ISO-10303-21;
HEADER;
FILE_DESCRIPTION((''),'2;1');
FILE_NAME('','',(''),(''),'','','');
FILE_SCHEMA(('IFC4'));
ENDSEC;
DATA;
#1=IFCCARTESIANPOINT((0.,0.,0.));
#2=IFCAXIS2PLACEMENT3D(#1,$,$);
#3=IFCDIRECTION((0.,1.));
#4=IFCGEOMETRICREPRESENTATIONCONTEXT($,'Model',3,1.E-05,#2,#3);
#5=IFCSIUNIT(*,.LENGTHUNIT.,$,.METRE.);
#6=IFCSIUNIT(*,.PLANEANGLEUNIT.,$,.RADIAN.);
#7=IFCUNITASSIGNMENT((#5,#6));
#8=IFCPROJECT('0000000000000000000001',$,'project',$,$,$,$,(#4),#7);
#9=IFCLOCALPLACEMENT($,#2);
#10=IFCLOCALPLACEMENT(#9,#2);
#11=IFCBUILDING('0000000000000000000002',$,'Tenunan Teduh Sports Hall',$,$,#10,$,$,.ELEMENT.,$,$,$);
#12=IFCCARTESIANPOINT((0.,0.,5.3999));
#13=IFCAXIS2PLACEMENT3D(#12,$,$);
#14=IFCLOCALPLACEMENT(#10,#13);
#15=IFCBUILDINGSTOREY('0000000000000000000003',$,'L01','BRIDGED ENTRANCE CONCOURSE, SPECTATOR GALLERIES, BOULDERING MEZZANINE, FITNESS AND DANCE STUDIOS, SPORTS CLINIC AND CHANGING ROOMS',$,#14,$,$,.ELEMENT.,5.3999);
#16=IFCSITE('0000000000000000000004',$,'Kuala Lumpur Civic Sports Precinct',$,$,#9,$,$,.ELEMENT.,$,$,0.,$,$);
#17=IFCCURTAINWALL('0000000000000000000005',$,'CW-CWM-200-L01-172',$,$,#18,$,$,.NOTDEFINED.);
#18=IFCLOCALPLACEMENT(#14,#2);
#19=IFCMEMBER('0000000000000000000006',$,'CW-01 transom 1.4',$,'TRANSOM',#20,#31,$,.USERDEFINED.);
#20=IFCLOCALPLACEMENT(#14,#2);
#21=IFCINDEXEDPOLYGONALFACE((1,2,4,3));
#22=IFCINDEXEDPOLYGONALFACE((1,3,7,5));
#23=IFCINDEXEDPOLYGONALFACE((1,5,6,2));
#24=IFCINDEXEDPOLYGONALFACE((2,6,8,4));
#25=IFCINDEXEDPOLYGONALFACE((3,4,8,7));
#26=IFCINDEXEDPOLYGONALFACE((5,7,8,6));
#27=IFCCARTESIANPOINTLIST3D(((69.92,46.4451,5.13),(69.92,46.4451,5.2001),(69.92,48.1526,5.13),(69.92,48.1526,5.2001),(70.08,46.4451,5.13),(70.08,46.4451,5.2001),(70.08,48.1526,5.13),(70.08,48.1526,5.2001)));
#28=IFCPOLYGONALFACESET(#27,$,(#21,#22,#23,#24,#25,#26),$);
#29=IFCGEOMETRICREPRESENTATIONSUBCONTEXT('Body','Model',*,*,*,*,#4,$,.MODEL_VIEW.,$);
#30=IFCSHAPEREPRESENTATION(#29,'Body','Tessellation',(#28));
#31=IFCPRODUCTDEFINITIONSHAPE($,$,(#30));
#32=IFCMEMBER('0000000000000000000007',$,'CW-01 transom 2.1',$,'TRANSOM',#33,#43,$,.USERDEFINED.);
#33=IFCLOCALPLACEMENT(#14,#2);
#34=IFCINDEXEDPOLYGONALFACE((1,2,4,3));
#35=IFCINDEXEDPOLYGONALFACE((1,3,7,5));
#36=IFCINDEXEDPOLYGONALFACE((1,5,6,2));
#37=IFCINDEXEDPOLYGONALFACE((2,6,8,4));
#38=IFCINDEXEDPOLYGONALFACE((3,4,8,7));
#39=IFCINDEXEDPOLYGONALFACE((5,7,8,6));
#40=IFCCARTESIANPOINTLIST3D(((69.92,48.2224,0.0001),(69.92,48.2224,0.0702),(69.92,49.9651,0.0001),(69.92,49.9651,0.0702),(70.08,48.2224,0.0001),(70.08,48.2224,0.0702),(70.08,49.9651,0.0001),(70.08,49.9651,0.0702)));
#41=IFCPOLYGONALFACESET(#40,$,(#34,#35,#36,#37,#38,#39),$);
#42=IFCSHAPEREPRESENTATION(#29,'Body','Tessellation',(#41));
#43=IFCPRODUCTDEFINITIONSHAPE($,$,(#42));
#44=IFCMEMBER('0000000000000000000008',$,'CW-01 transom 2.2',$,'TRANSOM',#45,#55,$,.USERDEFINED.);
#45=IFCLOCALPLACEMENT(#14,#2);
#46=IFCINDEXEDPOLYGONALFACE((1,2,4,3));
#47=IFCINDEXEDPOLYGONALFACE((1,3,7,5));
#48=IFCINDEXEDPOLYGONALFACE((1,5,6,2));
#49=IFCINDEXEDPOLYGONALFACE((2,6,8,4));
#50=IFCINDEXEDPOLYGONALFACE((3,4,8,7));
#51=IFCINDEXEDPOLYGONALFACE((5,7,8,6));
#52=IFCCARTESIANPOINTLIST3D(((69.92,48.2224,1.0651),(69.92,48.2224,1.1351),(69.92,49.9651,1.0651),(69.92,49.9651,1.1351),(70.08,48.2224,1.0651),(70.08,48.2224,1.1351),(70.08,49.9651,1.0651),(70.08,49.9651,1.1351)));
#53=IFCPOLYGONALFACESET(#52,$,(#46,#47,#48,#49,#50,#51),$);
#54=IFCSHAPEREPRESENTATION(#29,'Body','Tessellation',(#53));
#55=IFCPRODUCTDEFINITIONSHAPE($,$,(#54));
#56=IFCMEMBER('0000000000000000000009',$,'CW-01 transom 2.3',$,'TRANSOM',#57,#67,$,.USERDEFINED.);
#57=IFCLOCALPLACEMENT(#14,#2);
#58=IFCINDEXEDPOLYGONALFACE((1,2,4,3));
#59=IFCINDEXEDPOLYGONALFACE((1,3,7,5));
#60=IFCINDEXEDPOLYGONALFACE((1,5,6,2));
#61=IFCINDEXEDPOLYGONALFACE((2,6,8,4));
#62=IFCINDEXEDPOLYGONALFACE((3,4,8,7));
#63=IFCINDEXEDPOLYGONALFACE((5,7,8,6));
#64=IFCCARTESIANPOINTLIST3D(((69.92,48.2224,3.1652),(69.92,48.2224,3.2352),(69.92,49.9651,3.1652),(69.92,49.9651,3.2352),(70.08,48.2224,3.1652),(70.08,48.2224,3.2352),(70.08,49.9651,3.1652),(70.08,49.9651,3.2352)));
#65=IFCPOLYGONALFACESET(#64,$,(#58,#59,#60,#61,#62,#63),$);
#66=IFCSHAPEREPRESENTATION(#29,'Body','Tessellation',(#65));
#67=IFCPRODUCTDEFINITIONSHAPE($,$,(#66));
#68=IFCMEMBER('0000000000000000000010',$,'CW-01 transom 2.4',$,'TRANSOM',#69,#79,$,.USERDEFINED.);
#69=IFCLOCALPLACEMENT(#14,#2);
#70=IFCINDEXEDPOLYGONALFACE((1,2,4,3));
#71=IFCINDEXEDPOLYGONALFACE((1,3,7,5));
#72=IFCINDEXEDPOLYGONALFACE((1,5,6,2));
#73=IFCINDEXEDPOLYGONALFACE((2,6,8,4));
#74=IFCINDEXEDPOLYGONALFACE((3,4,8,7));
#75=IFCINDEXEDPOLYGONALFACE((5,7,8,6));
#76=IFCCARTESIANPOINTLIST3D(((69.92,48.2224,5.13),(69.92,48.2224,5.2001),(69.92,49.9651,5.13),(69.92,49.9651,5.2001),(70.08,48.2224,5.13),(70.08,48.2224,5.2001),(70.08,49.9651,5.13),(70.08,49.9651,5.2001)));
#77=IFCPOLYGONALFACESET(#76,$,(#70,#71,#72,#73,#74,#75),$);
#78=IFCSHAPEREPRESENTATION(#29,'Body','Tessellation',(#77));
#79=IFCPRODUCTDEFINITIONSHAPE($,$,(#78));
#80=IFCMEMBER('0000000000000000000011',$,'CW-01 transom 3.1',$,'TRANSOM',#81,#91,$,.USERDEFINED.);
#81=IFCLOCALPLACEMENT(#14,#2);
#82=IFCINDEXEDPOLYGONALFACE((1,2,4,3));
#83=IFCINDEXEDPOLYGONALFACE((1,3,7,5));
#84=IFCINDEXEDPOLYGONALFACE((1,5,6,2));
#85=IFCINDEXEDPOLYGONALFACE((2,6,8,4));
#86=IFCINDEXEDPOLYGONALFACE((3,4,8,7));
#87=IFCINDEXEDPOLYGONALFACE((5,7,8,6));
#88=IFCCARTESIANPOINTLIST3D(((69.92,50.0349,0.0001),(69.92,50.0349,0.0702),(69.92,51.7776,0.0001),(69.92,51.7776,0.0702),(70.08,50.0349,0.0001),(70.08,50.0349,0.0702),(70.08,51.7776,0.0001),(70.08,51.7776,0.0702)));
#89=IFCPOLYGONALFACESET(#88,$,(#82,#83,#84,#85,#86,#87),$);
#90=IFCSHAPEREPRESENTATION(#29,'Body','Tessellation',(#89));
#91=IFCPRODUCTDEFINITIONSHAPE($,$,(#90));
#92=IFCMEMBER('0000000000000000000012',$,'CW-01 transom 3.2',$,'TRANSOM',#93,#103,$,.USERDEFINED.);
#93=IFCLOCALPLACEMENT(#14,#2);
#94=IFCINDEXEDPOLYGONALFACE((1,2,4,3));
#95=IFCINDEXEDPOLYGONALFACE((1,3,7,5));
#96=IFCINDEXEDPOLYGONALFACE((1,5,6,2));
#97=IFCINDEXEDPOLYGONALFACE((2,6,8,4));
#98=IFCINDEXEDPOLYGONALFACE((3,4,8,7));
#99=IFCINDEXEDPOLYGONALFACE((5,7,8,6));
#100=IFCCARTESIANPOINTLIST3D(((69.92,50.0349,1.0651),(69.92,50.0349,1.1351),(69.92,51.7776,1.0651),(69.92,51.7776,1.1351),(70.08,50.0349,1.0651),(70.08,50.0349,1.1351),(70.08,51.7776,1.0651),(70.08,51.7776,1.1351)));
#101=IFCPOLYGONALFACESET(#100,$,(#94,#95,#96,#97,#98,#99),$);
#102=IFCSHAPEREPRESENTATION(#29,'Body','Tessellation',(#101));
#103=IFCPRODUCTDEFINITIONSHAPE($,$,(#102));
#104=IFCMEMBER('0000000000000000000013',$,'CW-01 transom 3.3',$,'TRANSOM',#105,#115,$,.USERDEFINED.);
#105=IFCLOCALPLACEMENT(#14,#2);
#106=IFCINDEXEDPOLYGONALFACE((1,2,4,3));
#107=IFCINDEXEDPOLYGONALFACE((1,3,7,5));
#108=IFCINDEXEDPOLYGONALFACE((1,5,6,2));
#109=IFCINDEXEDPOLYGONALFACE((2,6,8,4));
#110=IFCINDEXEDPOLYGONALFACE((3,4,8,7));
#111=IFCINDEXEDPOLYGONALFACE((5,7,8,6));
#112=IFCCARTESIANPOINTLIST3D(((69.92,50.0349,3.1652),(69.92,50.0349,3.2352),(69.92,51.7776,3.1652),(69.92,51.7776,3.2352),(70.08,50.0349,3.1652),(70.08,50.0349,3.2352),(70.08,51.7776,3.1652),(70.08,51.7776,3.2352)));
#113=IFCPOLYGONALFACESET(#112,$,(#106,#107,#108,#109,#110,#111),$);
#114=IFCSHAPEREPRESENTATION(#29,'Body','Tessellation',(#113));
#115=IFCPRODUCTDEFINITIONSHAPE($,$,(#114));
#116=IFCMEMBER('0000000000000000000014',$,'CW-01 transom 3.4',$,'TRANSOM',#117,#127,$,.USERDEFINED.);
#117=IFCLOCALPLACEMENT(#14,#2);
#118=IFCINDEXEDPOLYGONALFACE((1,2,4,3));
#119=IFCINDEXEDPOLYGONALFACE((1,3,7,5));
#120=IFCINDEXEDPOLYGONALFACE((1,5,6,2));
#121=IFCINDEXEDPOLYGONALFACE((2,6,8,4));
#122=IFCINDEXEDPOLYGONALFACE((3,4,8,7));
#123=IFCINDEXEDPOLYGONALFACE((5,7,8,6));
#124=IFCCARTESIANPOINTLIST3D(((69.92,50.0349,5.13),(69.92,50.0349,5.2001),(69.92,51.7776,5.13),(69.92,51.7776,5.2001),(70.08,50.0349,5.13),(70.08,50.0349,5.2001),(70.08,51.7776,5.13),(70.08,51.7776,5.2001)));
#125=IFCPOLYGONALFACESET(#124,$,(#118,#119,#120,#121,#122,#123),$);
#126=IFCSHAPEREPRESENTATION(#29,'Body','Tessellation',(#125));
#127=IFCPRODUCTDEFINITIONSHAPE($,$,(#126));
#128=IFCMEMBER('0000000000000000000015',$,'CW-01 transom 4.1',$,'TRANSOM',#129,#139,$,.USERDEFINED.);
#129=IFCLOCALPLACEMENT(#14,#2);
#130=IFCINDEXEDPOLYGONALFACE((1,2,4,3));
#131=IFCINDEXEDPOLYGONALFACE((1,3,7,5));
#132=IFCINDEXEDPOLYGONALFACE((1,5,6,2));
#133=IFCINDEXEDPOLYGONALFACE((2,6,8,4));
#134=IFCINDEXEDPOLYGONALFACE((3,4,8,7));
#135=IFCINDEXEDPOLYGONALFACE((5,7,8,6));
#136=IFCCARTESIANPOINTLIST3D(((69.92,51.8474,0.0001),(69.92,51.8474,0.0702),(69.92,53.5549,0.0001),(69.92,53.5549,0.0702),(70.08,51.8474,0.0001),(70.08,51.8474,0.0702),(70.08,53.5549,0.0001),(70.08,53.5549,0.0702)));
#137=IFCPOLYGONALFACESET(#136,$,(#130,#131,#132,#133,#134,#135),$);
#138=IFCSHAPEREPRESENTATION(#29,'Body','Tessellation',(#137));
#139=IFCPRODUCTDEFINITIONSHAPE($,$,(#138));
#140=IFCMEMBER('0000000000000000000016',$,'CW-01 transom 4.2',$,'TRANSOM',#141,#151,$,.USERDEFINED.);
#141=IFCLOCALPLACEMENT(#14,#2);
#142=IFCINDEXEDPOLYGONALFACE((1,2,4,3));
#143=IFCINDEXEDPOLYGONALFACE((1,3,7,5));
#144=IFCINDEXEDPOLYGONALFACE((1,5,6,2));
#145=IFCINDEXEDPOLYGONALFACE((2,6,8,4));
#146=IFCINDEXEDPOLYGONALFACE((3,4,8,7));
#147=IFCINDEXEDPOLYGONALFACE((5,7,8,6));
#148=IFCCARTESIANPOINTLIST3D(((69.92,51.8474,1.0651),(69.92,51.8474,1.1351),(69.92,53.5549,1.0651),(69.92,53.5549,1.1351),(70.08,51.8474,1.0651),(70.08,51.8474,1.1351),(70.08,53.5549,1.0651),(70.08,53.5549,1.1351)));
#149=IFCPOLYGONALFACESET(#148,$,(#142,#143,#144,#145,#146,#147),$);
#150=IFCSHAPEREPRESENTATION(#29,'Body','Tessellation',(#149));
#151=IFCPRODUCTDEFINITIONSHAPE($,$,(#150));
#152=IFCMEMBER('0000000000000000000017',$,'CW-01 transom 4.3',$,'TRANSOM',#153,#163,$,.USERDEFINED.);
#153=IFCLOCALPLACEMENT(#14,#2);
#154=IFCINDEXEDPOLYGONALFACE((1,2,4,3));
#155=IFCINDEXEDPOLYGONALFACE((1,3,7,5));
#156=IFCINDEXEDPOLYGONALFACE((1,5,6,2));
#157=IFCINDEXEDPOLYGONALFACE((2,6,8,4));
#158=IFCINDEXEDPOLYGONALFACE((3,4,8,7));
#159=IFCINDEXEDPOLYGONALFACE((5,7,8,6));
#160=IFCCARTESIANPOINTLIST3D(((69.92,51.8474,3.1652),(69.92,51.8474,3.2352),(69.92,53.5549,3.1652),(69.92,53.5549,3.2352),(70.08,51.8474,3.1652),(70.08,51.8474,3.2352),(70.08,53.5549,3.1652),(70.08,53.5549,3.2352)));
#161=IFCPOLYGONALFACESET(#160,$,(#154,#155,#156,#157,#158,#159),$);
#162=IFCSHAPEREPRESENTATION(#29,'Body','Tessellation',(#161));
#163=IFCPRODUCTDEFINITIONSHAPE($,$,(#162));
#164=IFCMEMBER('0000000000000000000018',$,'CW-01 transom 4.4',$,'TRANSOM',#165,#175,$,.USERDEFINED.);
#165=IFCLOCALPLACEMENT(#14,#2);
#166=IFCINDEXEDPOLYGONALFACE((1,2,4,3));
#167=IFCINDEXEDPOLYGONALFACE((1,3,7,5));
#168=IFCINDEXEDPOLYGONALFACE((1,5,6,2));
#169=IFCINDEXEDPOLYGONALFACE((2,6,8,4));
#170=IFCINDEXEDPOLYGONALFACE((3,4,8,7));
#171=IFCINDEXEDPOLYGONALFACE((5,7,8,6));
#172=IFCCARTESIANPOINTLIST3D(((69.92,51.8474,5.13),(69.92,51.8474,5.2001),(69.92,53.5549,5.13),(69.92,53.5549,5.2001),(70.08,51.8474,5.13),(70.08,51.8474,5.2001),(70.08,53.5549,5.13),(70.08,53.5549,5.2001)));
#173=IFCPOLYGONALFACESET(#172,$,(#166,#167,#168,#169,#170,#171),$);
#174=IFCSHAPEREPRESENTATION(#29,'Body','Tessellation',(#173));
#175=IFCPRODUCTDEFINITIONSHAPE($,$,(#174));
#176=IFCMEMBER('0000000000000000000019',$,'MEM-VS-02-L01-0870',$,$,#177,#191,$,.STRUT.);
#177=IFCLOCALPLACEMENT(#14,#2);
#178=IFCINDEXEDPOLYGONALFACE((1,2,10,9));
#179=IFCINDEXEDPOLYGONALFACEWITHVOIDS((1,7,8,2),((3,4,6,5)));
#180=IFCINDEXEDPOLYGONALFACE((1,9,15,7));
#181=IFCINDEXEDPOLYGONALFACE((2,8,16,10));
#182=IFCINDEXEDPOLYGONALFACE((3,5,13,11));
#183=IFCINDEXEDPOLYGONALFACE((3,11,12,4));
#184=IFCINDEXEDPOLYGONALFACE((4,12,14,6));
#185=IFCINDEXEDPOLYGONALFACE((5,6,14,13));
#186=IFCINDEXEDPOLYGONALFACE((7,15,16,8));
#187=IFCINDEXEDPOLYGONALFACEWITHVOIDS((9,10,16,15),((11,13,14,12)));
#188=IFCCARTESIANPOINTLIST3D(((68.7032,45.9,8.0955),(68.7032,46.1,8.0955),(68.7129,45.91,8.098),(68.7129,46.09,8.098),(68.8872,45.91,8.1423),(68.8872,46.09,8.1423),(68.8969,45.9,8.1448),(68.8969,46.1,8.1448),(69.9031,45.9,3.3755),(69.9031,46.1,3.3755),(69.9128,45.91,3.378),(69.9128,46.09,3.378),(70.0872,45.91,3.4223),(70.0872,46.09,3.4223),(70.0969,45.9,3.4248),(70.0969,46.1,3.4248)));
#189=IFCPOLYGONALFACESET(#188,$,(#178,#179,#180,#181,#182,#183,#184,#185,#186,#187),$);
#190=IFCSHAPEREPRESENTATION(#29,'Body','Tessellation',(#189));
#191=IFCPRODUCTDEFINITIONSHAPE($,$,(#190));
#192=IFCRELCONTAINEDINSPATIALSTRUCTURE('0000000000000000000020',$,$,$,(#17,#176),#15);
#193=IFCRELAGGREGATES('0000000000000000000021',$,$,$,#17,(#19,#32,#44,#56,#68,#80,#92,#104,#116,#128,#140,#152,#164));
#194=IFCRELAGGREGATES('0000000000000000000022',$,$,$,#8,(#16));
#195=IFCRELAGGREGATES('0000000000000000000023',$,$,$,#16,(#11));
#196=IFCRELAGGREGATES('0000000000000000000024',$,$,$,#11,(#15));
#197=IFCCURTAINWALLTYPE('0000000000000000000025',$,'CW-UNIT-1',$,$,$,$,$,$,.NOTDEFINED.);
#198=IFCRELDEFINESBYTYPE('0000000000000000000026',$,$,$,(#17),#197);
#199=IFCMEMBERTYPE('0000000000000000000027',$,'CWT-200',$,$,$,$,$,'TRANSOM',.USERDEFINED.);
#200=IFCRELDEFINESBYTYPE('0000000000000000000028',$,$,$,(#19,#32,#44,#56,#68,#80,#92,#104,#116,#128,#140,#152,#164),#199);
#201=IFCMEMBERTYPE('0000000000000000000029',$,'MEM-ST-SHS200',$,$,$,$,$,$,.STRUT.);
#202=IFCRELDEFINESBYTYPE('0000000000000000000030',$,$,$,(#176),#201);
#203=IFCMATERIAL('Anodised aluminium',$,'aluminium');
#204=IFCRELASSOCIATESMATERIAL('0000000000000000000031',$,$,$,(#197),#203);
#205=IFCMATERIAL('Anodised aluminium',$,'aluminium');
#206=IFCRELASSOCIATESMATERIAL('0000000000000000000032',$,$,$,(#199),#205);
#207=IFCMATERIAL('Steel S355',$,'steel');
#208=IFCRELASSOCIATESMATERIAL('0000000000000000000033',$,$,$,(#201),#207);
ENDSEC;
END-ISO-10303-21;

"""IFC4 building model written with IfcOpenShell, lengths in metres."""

from ifc_helpers import new_model, si_unit, direction, frame, origin, origin_2d, place, context, subcontext, project, spatial, rectangle, hollow_rectangle, extrude, material, material_profile, profile_set, type_object, element, aggregate, save


model = new_model("IFC4")

# Units and contexts
model_context = context("Model", 3, precision=1e-05, world=origin(), true_north=direction((0.0, 1.0)))
body_context = subcontext(model_context, "Body", "Model", "MODEL_VIEW")
ifc_project = project(units=[si_unit("LENGTHUNIT", "METRE"), si_unit("PLANEANGLEUNIT", "RADIAN")], contexts=[model_context])

# Site, building, storey
site_placement = place(None, origin())
site = spatial("IfcSite", under=ifc_project, at=site_placement, Name="Kuala Lumpur Civic Sports Precinct", CompositionType="ELEMENT", RefElevation=0.0)
building_placement = place(site_placement, origin())
building = spatial("IfcBuilding", under=site, at=building_placement, Name="Tenunan Teduh Sports Hall", CompositionType="ELEMENT")
storey_placement = place(building_placement, frame((0.0, 0.0, 5.3999)))
storey = spatial("IfcBuildingStorey", under=building, at=storey_placement, Name="L01", Description="BRIDGED ENTRANCE CONCOURSE, SPECTATOR GALLERIES, BOULDERING MEZZANINE, FITNESS AND DANCE STUDIOS, SPORTS CLINIC AND CHANGING ROOMS", CompositionType="ELEMENT", Elevation=5.3999)

# Curtain wall, members
ifc_material_1 = material(Name="Anodised aluminium", Category="aluminium")
curtain_wall_type_1 = type_object("IfcCurtainWallType", Name="CW-UNIT-1", PredefinedType="NOTDEFINED", material=ifc_material_1)
curtain_wall_1_placement = place(storey_placement, origin())
curtain_wall_1 = element("IfcCurtainWall", 1, at=curtain_wall_1_placement, inside=storey, type_object=curtain_wall_type_1, Name="CW-CWM-200-L01-172", PredefinedType="NOTDEFINED")
ifc_material_2 = material(Name="Anodised aluminium", Category="aluminium")
ifc_material_profile_1 = material_profile(ifc_material_2, rectangle(XDim=0.0701, YDim=0.1599, at=origin_2d()), Name="CWT 70x160")
ifc_profile_set_1 = profile_set([ifc_material_profile_1], Name="Anodised aluminium")
member_type_1 = type_object("IfcMemberType", Name="CWT-200", ElementType="TRANSOM", PredefinedType="USERDEFINED", material=ifc_profile_set_1)
member_1_placement = place(storey_placement, frame((70.0, 46.4451, 5.165), z_axis=(0.0, 1.0, 0.0), x_axis=(0.0, 0.0, 1.0)))
member_1 = element("IfcMember", 2, at=member_1_placement, type_object=member_type_1, Name="CW-01 transom 1.4", ObjectType="TRANSOM", PredefinedType="USERDEFINED", context=body_context, shape_type="SweptSolid", body=[
    extrude(rectangle(XDim=0.0701, YDim=0.1599, at=origin_2d()), origin(), (0.0, 0.0, 1.0), 1.7075),
])
member_2_placement = place(storey_placement, frame((70.0, 48.2224, 0.0352), z_axis=(0.0, 1.0, 0.0), x_axis=(0.0, 0.0, 1.0)))
member_2 = element("IfcMember", 3, at=member_2_placement, type_object=member_type_1, Name="CW-01 transom 2.1", ObjectType="TRANSOM", PredefinedType="USERDEFINED", context=body_context, shape_type="SweptSolid", body=[
    extrude(rectangle(XDim=0.0701, YDim=0.1599, at=origin_2d()), origin(), (0.0, 0.0, 1.0), 1.7427),
])
member_3_placement = place(storey_placement, frame((70.0, 48.2224, 1.1001), z_axis=(0.0, 1.0, 0.0), x_axis=(0.0, 0.0, 1.0)))
member_3 = element("IfcMember", 4, at=member_3_placement, type_object=member_type_1, Name="CW-01 transom 2.2", ObjectType="TRANSOM", PredefinedType="USERDEFINED", context=body_context, shape_type="SweptSolid", body=[
    extrude(rectangle(XDim=0.0701, YDim=0.1599, at=origin_2d()), origin(), (0.0, 0.0, 1.0), 1.7427),
])
member_4_placement = place(storey_placement, frame((70.0, 48.2224, 3.2002), z_axis=(0.0, 1.0, 0.0), x_axis=(0.0, 0.0, 1.0)))
member_4 = element("IfcMember", 5, at=member_4_placement, type_object=member_type_1, Name="CW-01 transom 2.3", ObjectType="TRANSOM", PredefinedType="USERDEFINED", context=body_context, shape_type="SweptSolid", body=[
    extrude(rectangle(XDim=0.0701, YDim=0.1599, at=origin_2d()), origin(), (0.0, 0.0, 1.0), 1.7427),
])
member_5_placement = place(storey_placement, frame((70.0, 48.2224, 5.165), z_axis=(0.0, 1.0, 0.0), x_axis=(0.0, 0.0, 1.0)))
member_5 = element("IfcMember", 6, at=member_5_placement, type_object=member_type_1, Name="CW-01 transom 2.4", ObjectType="TRANSOM", PredefinedType="USERDEFINED", context=body_context, shape_type="SweptSolid", body=[
    extrude(rectangle(XDim=0.0701, YDim=0.1599, at=origin_2d()), origin(), (0.0, 0.0, 1.0), 1.7427),
])
member_6_placement = place(storey_placement, frame((70.0, 50.0349, 0.0352), z_axis=(0.0, 1.0, 0.0), x_axis=(0.0, 0.0, 1.0)))
member_6 = element("IfcMember", 7, at=member_6_placement, type_object=member_type_1, Name="CW-01 transom 3.1", ObjectType="TRANSOM", PredefinedType="USERDEFINED", context=body_context, shape_type="SweptSolid", body=[
    extrude(rectangle(XDim=0.0701, YDim=0.1599, at=origin_2d()), origin(), (0.0, 0.0, 1.0), 1.7427),
])
member_7_placement = place(storey_placement, frame((70.0, 50.0349, 1.1001), z_axis=(0.0, 1.0, 0.0), x_axis=(0.0, 0.0, 1.0)))
member_7 = element("IfcMember", 8, at=member_7_placement, type_object=member_type_1, Name="CW-01 transom 3.2", ObjectType="TRANSOM", PredefinedType="USERDEFINED", context=body_context, shape_type="SweptSolid", body=[
    extrude(rectangle(XDim=0.0701, YDim=0.1599, at=origin_2d()), origin(), (0.0, 0.0, 1.0), 1.7427),
])
member_8_placement = place(storey_placement, frame((70.0, 50.0349, 3.2002), z_axis=(0.0, 1.0, 0.0), x_axis=(0.0, 0.0, 1.0)))
member_8 = element("IfcMember", 9, at=member_8_placement, type_object=member_type_1, Name="CW-01 transom 3.3", ObjectType="TRANSOM", PredefinedType="USERDEFINED", context=body_context, shape_type="SweptSolid", body=[
    extrude(rectangle(XDim=0.0701, YDim=0.1599, at=origin_2d()), origin(), (0.0, 0.0, 1.0), 1.7427),
])
member_9_placement = place(storey_placement, frame((70.0, 50.0349, 5.165), z_axis=(0.0, 1.0, 0.0), x_axis=(0.0, 0.0, 1.0)))
member_9 = element("IfcMember", 10, at=member_9_placement, type_object=member_type_1, Name="CW-01 transom 3.4", ObjectType="TRANSOM", PredefinedType="USERDEFINED", context=body_context, shape_type="SweptSolid", body=[
    extrude(rectangle(XDim=0.0701, YDim=0.1599, at=origin_2d()), origin(), (0.0, 0.0, 1.0), 1.7427),
])
member_10_placement = place(storey_placement, frame((70.0, 51.8474, 0.0352), z_axis=(0.0, 1.0, 0.0), x_axis=(0.0, 0.0, 1.0)))
member_10 = element("IfcMember", 11, at=member_10_placement, type_object=member_type_1, Name="CW-01 transom 4.1", ObjectType="TRANSOM", PredefinedType="USERDEFINED", context=body_context, shape_type="SweptSolid", body=[
    extrude(rectangle(XDim=0.0701, YDim=0.1599, at=origin_2d()), origin(), (0.0, 0.0, 1.0), 1.7075),
])
member_11_placement = place(storey_placement, frame((70.0, 51.8474, 1.1001), z_axis=(0.0, 1.0, 0.0), x_axis=(0.0, 0.0, 1.0)))
member_11 = element("IfcMember", 12, at=member_11_placement, type_object=member_type_1, Name="CW-01 transom 4.2", ObjectType="TRANSOM", PredefinedType="USERDEFINED", context=body_context, shape_type="SweptSolid", body=[
    extrude(rectangle(XDim=0.0701, YDim=0.1599, at=origin_2d()), origin(), (0.0, 0.0, 1.0), 1.7075),
])
member_12_placement = place(storey_placement, frame((70.0, 51.8474, 3.2002), z_axis=(0.0, 1.0, 0.0), x_axis=(0.0, 0.0, 1.0)))
member_12 = element("IfcMember", 13, at=member_12_placement, type_object=member_type_1, Name="CW-01 transom 4.3", ObjectType="TRANSOM", PredefinedType="USERDEFINED", context=body_context, shape_type="SweptSolid", body=[
    extrude(rectangle(XDim=0.0701, YDim=0.1599, at=origin_2d()), origin(), (0.0, 0.0, 1.0), 1.7075),
])
member_13_placement = place(storey_placement, frame((70.0, 51.8474, 5.165), z_axis=(0.0, 1.0, 0.0), x_axis=(0.0, 0.0, 1.0)))
member_13 = element("IfcMember", 14, at=member_13_placement, type_object=member_type_1, Name="CW-01 transom 4.4", ObjectType="TRANSOM", PredefinedType="USERDEFINED", context=body_context, shape_type="SweptSolid", body=[
    extrude(rectangle(XDim=0.0701, YDim=0.1599, at=origin_2d()), origin(), (0.0, 0.0, 1.0), 1.7075),
])

# Member
ifc_material_3 = material(Name="Steel S355", Category="steel")
ifc_material_profile_2 = material_profile(ifc_material_3, hollow_rectangle(XDim=0.2, YDim=0.2, WallThickness=0.01, at=origin_2d()), Name="SHS 200x200x10.0")
ifc_profile_set_2 = profile_set([ifc_material_profile_2], Name="Steel S355")
member_type_2 = type_object("IfcMemberType", Name="MEM-ST-SHS200", PredefinedType="STRUT", material=ifc_profile_set_2)
member_14_placement = place(storey_placement, frame((70.0, 46.0, 3.4001), z_axis=(-0.246391, 0.0, 0.969171), x_axis=(0.0, -1.0, 0.0)))
element("IfcMember", 15, at=member_14_placement, inside=storey, type_object=member_type_2, Name="MEM-VS-02-L01-0870", PredefinedType="STRUT", context=body_context, shape_type="SweptSolid", body=[
    extrude(hollow_rectangle(XDim=0.2, YDim=0.2, WallThickness=0.01, at=origin_2d()), origin(), (0.0, 0.0, 1.0), 4.8701),
])

aggregate(curtain_wall_1, [member_1, member_2, member_3, member_4, member_5, member_6, member_7, member_8, member_9, member_10, member_11, member_12, member_13])

save(model, "model.ifc")
